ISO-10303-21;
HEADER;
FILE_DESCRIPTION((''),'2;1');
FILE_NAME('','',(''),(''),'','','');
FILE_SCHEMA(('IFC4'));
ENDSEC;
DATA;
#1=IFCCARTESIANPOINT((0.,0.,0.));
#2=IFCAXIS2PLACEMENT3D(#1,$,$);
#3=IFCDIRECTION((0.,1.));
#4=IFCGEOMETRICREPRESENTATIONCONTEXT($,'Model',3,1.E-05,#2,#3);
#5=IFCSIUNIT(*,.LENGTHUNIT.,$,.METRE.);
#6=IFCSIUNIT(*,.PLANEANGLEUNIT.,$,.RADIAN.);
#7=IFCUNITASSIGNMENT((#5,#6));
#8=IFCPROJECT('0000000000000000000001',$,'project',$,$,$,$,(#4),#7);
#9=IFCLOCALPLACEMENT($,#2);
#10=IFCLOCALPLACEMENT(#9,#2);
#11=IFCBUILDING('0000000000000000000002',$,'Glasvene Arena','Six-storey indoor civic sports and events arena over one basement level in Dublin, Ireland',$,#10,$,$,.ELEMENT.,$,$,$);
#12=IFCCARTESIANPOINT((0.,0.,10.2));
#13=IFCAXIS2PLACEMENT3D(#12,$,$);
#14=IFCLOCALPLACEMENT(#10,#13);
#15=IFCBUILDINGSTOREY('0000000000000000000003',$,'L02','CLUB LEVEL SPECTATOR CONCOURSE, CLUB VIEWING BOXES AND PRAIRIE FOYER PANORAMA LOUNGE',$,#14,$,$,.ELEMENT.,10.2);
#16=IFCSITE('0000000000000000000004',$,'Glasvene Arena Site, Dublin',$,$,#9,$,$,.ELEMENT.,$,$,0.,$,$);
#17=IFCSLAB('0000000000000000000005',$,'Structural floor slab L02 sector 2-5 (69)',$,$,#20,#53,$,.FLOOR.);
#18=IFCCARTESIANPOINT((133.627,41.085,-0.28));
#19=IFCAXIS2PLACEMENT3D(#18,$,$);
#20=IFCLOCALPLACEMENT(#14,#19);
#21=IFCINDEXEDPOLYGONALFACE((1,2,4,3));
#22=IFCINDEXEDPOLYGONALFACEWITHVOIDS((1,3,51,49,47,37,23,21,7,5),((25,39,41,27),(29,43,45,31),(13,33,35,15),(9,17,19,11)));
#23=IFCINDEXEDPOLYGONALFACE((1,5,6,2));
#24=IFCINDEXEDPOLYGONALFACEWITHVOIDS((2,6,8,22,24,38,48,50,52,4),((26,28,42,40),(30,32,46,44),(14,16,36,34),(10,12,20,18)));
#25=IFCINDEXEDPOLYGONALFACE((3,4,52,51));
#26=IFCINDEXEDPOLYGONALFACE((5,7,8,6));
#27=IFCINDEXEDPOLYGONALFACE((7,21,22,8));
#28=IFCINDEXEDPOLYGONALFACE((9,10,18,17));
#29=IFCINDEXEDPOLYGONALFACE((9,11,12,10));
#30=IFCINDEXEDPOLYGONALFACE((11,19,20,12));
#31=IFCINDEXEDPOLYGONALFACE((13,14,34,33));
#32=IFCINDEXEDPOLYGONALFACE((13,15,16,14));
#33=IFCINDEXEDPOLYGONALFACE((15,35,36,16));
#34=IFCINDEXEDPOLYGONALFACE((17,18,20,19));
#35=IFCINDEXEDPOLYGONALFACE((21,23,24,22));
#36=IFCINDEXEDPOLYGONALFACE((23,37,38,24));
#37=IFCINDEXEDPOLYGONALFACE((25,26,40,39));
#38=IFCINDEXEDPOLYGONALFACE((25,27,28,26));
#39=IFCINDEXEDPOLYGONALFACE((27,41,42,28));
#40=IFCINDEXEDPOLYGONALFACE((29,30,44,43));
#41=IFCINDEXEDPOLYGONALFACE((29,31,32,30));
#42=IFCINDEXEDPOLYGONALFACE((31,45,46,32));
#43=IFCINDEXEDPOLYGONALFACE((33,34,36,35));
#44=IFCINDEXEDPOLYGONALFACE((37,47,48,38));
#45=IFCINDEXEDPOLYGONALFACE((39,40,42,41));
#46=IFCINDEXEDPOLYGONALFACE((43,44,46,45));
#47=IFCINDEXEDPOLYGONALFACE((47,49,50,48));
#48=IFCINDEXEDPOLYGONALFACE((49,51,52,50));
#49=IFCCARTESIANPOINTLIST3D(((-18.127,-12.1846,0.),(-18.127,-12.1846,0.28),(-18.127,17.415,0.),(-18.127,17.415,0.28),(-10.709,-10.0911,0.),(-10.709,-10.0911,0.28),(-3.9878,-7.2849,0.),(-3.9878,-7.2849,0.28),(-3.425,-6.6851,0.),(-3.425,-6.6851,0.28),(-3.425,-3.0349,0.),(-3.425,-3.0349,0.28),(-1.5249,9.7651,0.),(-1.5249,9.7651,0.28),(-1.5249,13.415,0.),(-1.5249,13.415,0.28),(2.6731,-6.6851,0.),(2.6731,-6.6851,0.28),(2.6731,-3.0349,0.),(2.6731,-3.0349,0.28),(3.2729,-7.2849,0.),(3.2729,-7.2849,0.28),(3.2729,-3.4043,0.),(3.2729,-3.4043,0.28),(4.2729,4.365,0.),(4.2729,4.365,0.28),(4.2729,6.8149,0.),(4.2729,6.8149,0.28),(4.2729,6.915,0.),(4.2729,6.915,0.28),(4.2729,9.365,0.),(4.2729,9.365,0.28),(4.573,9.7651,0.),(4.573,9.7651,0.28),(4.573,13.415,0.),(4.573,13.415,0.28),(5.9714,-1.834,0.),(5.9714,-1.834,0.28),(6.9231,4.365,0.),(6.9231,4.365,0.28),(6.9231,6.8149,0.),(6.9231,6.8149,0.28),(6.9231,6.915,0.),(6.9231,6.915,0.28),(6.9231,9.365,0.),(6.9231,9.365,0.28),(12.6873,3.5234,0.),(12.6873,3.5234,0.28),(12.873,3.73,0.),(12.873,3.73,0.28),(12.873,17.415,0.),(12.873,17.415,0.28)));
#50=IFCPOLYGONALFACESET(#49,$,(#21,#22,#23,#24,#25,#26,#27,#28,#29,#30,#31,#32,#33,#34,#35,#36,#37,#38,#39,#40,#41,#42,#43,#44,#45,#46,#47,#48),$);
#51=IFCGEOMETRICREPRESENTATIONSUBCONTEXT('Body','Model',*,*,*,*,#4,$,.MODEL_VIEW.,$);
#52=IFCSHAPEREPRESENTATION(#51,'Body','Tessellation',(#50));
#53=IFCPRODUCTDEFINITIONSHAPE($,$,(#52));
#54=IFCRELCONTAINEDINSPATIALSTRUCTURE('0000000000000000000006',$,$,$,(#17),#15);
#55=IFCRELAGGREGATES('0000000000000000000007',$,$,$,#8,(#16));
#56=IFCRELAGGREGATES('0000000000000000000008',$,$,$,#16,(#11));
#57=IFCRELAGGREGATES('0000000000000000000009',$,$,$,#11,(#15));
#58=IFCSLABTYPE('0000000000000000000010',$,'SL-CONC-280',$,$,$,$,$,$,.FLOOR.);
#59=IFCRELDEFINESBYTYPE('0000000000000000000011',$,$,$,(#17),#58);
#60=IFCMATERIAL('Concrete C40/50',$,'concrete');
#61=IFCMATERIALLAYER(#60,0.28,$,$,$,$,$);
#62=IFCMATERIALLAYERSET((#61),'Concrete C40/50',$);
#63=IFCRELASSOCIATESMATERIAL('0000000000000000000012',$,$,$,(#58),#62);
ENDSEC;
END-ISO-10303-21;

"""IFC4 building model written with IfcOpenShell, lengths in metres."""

from ifc_helpers import new_model, si_unit, direction, frame, origin, place, context, subcontext, project, spatial, polyline, outline, extrude, material, layer, layer_set, type_object, element, save


model = new_model("IFC4")

# Units and contexts
model_context = context("Model", 3, precision=1e-05, world=origin(), true_north=direction((0.0, 1.0)))
body_context = subcontext(model_context, "Body", "Model", "MODEL_VIEW")
ifc_project = project(units=[si_unit("LENGTHUNIT", "METRE"), si_unit("PLANEANGLEUNIT", "RADIAN")], contexts=[model_context])

# Site, building, storey
site_placement = place(None, origin())
site = spatial("IfcSite", under=ifc_project, at=site_placement, Name="Glasvene Arena Site, Dublin", CompositionType="ELEMENT", RefElevation=0.0)
building_placement = place(site_placement, origin())
building = spatial("IfcBuilding", under=site, at=building_placement, Name="Glasvene Arena", Description="Six-storey indoor civic sports and events arena over one basement level in Dublin, Ireland", CompositionType="ELEMENT")
storey_placement = place(building_placement, frame((0.0, 0.0, 10.2)))
storey = spatial("IfcBuildingStorey", under=building, at=storey_placement, Name="L02", Description="CLUB LEVEL SPECTATOR CONCOURSE, CLUB VIEWING BOXES AND PRAIRIE FOYER PANORAMA LOUNGE", CompositionType="ELEMENT", Elevation=10.2)

# Shared definitions
ifc_material_1 = material(Name="Concrete C40/50", Category="concrete")

# Slab
ifc_layer_1 = layer(ifc_material_1, 0.28)
ifc_layer_set_1 = layer_set([ifc_layer_1], Name="Concrete C40/50")
slab_type = type_object("IfcSlabType", Name="SL-CONC-280", PredefinedType="FLOOR", material=ifc_layer_set_1)
slab_placement = place(storey_placement, frame((133.627, 41.085, -0.28)))
element("IfcSlab", 1, at=slab_placement, inside=storey, type_object=slab_type, Name="Structural floor slab L02 sector 2-5 (69)", PredefinedType="FLOOR", context=body_context, shape_type="SweptSolid", body=[
    extrude(outline(polyline([(-18.127, 17.415), (12.873, 17.415), (12.873, 3.73), (12.6873, 3.5234), (5.9714, -1.834), (3.2729, -3.4043), (3.2729, -7.2849), (-3.9878, -7.2849), (-10.709, -10.0911), (-18.127, -12.1846), (-18.127, 17.415)]), holes=[polyline([(2.6731, -3.0349), (-3.425, -3.0349), (-3.425, -6.6851), (2.6731, -6.6851), (2.6731, -3.0349)]), polyline([(6.9231, 4.365), (6.9231, 6.8149), (4.2729, 6.8149), (4.2729, 4.365), (6.9231, 4.365)]), polyline([(6.9231, 6.915), (6.9231, 9.365), (4.2729, 9.365), (4.2729, 6.915), (6.9231, 6.915)]), polyline([(4.573, 13.415), (-1.5249, 13.415), (-1.5249, 9.7651), (4.573, 9.7651), (4.573, 13.415)])]), origin(), (0.0, 0.0, 1.0), 0.28),
])

save(model, "model.ifc")
